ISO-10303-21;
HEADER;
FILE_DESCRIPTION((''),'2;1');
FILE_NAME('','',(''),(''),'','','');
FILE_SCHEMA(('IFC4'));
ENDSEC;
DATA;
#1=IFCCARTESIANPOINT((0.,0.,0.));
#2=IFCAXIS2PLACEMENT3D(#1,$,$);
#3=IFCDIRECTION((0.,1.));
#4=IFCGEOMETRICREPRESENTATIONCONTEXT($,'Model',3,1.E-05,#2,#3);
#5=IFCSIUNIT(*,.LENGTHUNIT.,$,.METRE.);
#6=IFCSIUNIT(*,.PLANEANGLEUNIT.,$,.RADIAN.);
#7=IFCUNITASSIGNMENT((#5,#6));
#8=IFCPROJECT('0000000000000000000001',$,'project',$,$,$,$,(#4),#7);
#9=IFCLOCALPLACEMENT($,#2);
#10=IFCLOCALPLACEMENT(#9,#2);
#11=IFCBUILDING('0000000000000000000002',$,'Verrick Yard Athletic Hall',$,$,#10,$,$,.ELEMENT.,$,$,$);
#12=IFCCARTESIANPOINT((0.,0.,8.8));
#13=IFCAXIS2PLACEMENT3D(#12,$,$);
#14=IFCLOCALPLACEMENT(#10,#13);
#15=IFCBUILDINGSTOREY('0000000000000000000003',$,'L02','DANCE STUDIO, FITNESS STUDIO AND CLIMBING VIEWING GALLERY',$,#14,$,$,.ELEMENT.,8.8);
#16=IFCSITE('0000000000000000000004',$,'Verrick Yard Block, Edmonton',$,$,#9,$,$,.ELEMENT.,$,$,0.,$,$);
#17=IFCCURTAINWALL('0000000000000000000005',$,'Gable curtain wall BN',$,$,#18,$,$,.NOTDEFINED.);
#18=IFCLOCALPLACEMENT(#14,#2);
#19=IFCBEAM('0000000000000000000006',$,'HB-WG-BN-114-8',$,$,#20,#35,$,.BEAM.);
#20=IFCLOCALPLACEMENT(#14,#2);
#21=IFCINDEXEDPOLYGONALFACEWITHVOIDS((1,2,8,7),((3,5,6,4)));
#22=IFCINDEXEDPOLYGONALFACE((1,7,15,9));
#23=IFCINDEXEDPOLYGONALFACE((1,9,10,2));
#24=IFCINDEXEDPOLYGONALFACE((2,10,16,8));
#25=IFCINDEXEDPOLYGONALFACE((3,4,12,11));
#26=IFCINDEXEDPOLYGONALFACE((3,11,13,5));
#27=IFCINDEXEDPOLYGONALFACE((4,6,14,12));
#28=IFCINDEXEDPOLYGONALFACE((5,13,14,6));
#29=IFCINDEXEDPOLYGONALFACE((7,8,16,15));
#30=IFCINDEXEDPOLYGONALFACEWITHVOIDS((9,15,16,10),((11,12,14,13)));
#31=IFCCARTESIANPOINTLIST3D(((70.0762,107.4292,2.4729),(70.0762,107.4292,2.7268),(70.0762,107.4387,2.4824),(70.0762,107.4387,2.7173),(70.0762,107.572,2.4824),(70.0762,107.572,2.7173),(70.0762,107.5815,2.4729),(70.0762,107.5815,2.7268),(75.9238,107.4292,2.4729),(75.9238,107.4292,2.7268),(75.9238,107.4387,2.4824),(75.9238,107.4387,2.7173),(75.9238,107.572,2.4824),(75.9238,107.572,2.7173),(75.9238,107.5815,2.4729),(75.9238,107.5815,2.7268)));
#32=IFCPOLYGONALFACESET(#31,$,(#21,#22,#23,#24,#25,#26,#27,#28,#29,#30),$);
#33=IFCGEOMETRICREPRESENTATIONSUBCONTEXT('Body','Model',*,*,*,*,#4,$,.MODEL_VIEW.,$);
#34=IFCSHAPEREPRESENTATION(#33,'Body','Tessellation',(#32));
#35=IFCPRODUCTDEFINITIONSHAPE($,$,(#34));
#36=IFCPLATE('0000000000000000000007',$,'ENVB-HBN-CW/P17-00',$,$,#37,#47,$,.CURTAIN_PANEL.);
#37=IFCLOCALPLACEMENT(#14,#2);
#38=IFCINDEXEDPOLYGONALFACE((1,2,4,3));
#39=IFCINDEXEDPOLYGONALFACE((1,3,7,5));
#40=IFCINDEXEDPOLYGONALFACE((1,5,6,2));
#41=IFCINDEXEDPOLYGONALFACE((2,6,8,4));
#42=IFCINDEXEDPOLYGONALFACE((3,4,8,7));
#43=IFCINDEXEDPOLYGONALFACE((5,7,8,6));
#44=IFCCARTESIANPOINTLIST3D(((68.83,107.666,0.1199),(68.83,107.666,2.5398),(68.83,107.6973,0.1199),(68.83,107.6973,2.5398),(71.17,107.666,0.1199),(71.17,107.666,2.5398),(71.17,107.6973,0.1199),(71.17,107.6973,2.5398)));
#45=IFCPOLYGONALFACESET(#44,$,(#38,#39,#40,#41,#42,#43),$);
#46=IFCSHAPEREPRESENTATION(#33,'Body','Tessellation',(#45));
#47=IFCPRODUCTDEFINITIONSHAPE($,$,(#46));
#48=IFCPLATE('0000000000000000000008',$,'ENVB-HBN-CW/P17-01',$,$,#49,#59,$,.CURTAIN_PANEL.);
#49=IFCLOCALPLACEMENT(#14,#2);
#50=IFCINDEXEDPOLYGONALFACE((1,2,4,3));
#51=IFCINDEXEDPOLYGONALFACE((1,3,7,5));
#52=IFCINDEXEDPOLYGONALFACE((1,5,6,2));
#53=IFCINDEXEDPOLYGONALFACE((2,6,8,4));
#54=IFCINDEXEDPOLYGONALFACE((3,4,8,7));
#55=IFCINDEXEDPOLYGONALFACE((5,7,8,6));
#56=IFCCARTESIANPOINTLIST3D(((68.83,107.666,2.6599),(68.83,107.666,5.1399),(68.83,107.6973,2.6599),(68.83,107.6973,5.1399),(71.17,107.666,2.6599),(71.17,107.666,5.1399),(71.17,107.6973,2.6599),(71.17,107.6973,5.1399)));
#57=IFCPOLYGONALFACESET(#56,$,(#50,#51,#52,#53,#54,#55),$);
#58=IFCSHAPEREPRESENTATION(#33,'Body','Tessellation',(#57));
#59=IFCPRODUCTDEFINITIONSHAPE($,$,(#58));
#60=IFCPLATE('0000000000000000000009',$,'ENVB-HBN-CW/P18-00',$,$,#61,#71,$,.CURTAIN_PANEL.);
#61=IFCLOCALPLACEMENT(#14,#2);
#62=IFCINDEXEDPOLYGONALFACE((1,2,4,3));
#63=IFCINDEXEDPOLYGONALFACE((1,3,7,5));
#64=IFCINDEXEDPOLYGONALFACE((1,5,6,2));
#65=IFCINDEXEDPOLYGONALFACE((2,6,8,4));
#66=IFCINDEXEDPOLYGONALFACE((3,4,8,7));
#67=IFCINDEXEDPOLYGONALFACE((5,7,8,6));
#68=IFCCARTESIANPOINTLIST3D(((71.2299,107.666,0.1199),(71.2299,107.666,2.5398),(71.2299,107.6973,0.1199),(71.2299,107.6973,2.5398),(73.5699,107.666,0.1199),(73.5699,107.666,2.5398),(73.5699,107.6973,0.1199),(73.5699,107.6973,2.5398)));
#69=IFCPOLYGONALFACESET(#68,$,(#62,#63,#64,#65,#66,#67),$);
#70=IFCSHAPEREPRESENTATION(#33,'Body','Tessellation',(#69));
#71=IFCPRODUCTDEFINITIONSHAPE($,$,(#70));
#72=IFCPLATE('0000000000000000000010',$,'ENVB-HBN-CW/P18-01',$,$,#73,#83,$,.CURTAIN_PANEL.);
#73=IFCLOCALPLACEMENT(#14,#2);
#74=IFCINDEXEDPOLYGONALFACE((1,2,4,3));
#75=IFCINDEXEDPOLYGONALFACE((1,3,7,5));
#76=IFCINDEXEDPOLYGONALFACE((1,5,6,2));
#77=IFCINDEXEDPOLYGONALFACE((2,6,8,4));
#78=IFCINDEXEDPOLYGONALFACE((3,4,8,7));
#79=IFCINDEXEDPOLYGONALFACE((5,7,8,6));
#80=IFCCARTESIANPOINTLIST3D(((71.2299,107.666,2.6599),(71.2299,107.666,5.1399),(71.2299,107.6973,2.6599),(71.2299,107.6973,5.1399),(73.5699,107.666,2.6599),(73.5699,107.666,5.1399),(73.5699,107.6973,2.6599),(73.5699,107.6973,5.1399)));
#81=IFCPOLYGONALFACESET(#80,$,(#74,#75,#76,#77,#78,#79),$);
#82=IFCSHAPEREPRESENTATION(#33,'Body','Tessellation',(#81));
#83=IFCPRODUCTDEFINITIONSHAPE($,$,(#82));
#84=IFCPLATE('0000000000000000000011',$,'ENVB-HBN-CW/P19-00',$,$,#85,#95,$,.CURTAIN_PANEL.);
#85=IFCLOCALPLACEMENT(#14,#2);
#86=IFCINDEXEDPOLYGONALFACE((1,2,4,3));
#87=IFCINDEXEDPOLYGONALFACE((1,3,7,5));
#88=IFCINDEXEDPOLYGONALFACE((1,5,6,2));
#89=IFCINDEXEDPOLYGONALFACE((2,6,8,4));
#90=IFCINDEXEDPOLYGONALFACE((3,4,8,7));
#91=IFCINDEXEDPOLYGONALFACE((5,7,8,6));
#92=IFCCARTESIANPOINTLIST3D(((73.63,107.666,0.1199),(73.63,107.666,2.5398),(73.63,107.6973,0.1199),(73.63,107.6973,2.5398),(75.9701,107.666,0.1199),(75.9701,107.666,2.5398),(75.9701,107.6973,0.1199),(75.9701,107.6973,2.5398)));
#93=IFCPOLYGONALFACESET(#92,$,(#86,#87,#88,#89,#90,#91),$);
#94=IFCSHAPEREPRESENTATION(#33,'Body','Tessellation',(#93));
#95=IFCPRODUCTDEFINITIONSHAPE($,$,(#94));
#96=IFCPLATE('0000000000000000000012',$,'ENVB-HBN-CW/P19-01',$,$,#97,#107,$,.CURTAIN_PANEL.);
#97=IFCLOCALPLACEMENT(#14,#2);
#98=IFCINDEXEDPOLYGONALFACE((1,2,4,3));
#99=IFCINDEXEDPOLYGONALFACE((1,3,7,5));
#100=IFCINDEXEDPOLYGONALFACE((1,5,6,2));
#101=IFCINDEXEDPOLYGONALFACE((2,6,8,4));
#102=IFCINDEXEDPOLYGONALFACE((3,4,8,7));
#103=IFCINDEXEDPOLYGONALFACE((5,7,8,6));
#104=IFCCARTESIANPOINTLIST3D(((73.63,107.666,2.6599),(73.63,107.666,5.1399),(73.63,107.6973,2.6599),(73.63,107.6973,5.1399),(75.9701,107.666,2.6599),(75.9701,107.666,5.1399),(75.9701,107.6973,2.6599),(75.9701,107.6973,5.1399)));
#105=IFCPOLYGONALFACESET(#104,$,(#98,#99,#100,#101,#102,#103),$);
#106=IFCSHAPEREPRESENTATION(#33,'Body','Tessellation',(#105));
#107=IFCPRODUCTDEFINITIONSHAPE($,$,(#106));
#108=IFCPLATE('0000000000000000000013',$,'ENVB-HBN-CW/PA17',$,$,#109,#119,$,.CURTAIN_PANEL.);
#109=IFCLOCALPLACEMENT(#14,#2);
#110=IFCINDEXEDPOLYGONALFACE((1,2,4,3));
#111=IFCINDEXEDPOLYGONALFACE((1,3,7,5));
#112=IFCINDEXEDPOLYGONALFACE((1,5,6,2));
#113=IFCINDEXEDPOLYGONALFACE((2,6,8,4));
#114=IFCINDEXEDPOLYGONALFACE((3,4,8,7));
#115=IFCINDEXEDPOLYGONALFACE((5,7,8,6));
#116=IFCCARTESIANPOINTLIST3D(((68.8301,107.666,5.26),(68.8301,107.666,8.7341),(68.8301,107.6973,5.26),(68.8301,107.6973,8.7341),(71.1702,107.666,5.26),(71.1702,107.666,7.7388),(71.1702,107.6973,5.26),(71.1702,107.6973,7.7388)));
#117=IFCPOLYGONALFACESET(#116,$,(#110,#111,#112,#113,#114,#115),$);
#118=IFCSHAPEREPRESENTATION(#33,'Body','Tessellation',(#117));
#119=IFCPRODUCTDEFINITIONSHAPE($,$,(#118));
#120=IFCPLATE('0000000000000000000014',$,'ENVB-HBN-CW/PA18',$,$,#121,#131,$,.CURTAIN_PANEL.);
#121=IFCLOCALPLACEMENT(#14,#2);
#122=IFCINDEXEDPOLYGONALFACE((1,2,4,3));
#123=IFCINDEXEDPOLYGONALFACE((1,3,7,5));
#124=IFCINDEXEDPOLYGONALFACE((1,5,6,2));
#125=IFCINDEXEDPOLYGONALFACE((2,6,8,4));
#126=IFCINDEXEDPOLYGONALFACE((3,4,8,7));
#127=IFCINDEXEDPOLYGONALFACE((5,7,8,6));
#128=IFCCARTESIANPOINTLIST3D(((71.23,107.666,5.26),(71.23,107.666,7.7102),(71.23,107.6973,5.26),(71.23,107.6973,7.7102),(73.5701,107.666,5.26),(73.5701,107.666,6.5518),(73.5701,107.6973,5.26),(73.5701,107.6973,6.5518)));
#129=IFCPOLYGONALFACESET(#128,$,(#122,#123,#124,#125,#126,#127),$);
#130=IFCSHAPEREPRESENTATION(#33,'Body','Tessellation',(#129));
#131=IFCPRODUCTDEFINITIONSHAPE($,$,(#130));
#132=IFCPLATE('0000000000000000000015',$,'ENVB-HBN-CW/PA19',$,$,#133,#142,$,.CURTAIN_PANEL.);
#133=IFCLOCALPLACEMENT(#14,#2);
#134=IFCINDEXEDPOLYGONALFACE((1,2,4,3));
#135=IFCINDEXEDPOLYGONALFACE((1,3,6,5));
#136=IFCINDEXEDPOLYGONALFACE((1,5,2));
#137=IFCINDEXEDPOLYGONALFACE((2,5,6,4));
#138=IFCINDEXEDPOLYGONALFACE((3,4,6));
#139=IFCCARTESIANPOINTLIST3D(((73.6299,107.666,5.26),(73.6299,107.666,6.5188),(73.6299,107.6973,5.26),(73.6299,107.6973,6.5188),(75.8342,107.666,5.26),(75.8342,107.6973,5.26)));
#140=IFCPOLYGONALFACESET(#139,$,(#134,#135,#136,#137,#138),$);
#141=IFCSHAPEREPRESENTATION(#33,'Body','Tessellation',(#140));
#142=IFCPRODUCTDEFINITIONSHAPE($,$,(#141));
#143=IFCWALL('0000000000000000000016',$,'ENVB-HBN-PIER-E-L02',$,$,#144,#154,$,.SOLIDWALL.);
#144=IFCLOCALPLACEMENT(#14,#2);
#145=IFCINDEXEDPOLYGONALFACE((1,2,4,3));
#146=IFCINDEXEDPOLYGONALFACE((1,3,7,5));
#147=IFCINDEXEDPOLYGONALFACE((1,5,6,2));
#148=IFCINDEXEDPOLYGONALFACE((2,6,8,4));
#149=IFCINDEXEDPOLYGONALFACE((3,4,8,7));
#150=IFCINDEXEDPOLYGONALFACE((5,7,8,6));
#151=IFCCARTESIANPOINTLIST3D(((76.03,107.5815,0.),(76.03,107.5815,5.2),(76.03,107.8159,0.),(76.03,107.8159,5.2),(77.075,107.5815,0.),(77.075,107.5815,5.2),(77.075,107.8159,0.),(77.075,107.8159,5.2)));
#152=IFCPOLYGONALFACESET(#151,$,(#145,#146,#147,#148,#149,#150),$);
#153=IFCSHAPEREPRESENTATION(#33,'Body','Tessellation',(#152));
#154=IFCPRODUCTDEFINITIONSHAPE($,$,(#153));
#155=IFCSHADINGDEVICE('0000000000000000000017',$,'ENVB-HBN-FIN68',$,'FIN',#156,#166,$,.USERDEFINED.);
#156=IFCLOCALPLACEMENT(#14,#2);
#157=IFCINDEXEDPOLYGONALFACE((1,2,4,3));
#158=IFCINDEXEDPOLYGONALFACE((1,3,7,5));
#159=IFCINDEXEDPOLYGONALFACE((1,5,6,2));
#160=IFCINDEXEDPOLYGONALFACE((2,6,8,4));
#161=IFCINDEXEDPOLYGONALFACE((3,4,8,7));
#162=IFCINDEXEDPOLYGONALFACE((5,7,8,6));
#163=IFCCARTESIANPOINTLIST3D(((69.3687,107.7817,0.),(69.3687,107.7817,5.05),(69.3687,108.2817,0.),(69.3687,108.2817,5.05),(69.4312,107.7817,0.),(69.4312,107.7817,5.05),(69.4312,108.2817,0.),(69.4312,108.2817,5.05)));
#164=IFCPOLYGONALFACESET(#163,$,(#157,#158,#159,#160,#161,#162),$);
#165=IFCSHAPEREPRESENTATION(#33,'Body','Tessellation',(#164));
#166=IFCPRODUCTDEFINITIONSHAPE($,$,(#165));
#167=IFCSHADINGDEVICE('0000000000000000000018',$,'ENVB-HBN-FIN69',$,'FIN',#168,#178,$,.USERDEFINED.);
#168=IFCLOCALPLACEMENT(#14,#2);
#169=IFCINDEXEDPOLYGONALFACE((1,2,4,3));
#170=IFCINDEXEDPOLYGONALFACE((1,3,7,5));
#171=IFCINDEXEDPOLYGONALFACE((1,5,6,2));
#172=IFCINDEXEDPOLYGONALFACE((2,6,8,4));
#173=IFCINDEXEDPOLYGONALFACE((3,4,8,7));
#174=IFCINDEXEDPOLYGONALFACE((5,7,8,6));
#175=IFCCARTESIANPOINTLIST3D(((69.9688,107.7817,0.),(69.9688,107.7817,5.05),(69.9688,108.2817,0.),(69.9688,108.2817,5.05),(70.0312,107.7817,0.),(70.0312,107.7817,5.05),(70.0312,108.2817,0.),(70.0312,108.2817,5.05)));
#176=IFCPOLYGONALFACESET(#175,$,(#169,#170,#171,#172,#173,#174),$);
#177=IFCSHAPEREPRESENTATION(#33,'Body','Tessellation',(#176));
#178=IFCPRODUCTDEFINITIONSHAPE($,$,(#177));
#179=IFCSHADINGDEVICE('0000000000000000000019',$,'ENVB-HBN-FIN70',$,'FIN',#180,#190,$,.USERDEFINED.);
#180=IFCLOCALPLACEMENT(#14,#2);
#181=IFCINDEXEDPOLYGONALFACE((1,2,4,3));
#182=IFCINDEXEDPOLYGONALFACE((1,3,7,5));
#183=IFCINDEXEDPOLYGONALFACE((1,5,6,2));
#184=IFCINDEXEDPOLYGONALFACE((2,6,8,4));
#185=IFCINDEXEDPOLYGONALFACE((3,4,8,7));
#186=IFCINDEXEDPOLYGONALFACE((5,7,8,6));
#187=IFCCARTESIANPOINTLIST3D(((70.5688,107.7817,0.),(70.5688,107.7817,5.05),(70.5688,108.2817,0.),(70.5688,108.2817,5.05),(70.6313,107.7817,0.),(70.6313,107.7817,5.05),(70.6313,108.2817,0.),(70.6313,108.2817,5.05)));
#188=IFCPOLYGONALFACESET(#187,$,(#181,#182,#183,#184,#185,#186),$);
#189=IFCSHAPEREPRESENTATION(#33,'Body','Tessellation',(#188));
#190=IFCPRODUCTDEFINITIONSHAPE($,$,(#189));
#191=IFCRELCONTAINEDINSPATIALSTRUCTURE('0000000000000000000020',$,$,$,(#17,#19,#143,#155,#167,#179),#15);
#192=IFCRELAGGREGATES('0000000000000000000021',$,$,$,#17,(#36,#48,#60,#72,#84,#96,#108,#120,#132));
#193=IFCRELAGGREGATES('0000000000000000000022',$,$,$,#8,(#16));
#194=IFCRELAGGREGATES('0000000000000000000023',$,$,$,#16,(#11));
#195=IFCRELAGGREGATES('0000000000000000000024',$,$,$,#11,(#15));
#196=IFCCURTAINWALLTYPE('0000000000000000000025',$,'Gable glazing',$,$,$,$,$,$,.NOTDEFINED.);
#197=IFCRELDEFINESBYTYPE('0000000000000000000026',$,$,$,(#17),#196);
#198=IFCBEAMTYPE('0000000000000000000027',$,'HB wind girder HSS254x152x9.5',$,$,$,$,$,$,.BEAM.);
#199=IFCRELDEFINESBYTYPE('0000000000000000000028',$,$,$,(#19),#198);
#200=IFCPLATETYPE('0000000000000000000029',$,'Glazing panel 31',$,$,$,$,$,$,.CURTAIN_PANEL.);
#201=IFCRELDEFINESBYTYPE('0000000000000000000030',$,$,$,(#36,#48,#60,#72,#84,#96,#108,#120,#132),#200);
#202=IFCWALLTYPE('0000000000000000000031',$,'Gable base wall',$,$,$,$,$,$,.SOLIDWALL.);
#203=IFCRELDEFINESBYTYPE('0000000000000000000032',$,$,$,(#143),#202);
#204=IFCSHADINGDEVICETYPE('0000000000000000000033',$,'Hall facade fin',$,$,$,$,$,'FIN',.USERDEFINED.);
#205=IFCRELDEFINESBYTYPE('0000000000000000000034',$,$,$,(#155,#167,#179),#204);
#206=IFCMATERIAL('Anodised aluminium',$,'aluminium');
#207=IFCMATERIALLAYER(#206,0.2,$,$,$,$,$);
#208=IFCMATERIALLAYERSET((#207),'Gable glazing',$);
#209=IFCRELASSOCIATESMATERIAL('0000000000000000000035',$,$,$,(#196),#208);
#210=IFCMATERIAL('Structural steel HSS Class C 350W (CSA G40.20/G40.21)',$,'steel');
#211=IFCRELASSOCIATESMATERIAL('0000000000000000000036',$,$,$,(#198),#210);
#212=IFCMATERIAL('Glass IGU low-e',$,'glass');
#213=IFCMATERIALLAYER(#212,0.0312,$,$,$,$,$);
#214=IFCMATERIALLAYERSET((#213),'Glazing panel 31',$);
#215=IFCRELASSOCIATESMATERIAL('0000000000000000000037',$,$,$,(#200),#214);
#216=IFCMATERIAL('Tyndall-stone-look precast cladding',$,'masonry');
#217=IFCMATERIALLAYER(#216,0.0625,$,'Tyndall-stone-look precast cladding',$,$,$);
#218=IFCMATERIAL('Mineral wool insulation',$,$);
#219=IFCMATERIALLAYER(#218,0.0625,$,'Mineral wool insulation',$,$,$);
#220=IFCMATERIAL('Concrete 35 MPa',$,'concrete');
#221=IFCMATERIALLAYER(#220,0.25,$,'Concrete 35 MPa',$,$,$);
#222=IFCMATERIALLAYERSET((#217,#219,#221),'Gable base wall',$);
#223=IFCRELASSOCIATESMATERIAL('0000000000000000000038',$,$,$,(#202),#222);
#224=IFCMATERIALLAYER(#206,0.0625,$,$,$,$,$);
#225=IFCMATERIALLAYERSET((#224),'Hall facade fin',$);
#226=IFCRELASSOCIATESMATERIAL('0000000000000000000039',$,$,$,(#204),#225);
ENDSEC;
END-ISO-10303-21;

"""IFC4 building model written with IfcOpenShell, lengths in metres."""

from ifc_helpers import new_model, si_unit, direction, frame, frame_2d, origin, origin_2d, place, context, subcontext, project, spatial, polyline, rectangle, hollow_rectangle, outline, extrude, material, layer, layer_set, material_profile, profile_set, type_object, element, aggregate, save


model = new_model("IFC4")

# Units and contexts
model_context = context("Model", 3, precision=1e-05, world=origin(), true_north=direction((0.0, 1.0)))
body_context = subcontext(model_context, "Body", "Model", "MODEL_VIEW")
ifc_project = project(units=[si_unit("LENGTHUNIT", "METRE"), si_unit("PLANEANGLEUNIT", "RADIAN")], contexts=[model_context])

# Site, building, storey
site_placement = place(None, origin())
site = spatial("IfcSite", under=ifc_project, at=site_placement, Name="Verrick Yard Block, Edmonton", CompositionType="ELEMENT", RefElevation=0.0)
building_placement = place(site_placement, origin())
building = spatial("IfcBuilding", under=site, at=building_placement, Name="Verrick Yard Athletic Hall", CompositionType="ELEMENT")
storey_placement = place(building_placement, frame((0.0, 0.0, 8.8)))
storey = spatial("IfcBuildingStorey", under=building, at=storey_placement, Name="L02", Description="DANCE STUDIO, FITNESS STUDIO AND CLIMBING VIEWING GALLERY", CompositionType="ELEMENT", Elevation=8.8)

# Curtain wall
ifc_material_1 = material(Name="Anodised aluminium", Category="aluminium")
ifc_layer_1 = layer(ifc_material_1, 0.2)
ifc_layer_set_1 = layer_set([ifc_layer_1], Name="Gable glazing")
curtain_wall_type = type_object("IfcCurtainWallType", Name="Gable glazing", PredefinedType="NOTDEFINED", material=ifc_layer_set_1)
curtain_wall_placement = place(storey_placement, origin())
curtain_wall = element("IfcCurtainWall", 1, at=curtain_wall_placement, inside=storey, type_object=curtain_wall_type, Name="Gable curtain wall BN", PredefinedType="NOTDEFINED")

# Shared definitions
ifc_material_2 = material(Name="Structural steel HSS Class C 350W (CSA G40.20/G40.21)", Category="steel")

# Beam
ifc_material_profile_1 = material_profile(ifc_material_2, hollow_rectangle(XDim=0.1523, YDim=0.2539, WallThickness=0.0095, at=origin_2d()), Name="HSS254x152x9.5")
ifc_profile_set_1 = profile_set([ifc_material_profile_1], Name="Structural steel HSS Class C 350W (CSA G40.20/G40.21)")
beam_type = type_object("IfcBeamType", Name="HB wind girder HSS254x152x9.5", PredefinedType="BEAM", material=ifc_profile_set_1)
beam_placement = place(storey_placement, frame((70.0762, 107.5054, 2.5999), z_axis=(1.0, 0.0, 0.0), x_axis=(0.0, 1.0, 0.0)))
element("IfcBeam", 2, at=beam_placement, inside=storey, type_object=beam_type, Name="HB-WG-BN-114-8", PredefinedType="BEAM", context=body_context, shape_type="SweptSolid", body=[
    extrude(hollow_rectangle(XDim=0.1523, YDim=0.2539, WallThickness=0.0095, at=origin_2d()), origin(), (0.0, 0.0, 1.0), 5.8477),
])

# Plates
ifc_material_3 = material(Name="Glass IGU low-e", Category="glass")
ifc_layer_2 = layer(ifc_material_3, 0.0312)
ifc_layer_set_2 = layer_set([ifc_layer_2], Name="Glazing panel 31")
plate_type = type_object("IfcPlateType", Name="Glazing panel 31", PredefinedType="CURTAIN_PANEL", material=ifc_layer_set_2)
plate_1_placement = place(storey_placement, frame((70.0, 107.6816, 0.1199), z_axis=(0.0, 0.0, 1.0), x_axis=(1.0, 0.0, 0.0)))
plate_1 = element("IfcPlate", 3, at=plate_1_placement, type_object=plate_type, Name="ENVB-HBN-CW/P17-00", PredefinedType="CURTAIN_PANEL", context=body_context, shape_type="SweptSolid", body=[
    extrude(rectangle(XDim=2.3401, YDim=0.0312, at=origin_2d()), origin(), (0.0, 0.0, 1.0), 2.4199),
])
plate_2_placement = place(storey_placement, frame((70.0, 107.6816, 2.6599), z_axis=(0.0, 0.0, 1.0), x_axis=(1.0, 0.0, 0.0)))
plate_2 = element("IfcPlate", 4, at=plate_2_placement, type_object=plate_type, Name="ENVB-HBN-CW/P17-01", PredefinedType="CURTAIN_PANEL", context=body_context, shape_type="SweptSolid", body=[
    extrude(rectangle(XDim=2.3401, YDim=0.0312, at=origin_2d()), origin(), (0.0, 0.0, 1.0), 2.48),
])
plate_3_placement = place(storey_placement, frame((72.3999, 107.6816, 0.1199), z_axis=(0.0, 0.0, 1.0), x_axis=(1.0, 0.0, 0.0)))
plate_3 = element("IfcPlate", 5, at=plate_3_placement, type_object=plate_type, Name="ENVB-HBN-CW/P18-00", PredefinedType="CURTAIN_PANEL", context=body_context, shape_type="SweptSolid", body=[
    extrude(rectangle(XDim=2.3401, YDim=0.0312, at=origin_2d()), origin(), (0.0, 0.0, 1.0), 2.4199),
])
plate_4_placement = place(storey_placement, frame((72.3999, 107.6816, 2.6599), z_axis=(0.0, 0.0, 1.0), x_axis=(1.0, 0.0, 0.0)))
plate_4 = element("IfcPlate", 6, at=plate_4_placement, type_object=plate_type, Name="ENVB-HBN-CW/P18-01", PredefinedType="CURTAIN_PANEL", context=body_context, shape_type="SweptSolid", body=[
    extrude(rectangle(XDim=2.3401, YDim=0.0312, at=origin_2d()), origin(), (0.0, 0.0, 1.0), 2.48),
])
plate_5_placement = place(storey_placement, frame((74.8, 107.6816, 0.1199), z_axis=(0.0, 0.0, 1.0), x_axis=(1.0, 0.0, 0.0)))
plate_5 = element("IfcPlate", 7, at=plate_5_placement, type_object=plate_type, Name="ENVB-HBN-CW/P19-00", PredefinedType="CURTAIN_PANEL", context=body_context, shape_type="SweptSolid", body=[
    extrude(rectangle(XDim=2.3401, YDim=0.0312, at=origin_2d()), origin(), (0.0, 0.0, 1.0), 2.4199),
])
plate_6_placement = place(storey_placement, frame((74.8, 107.6816, 2.6599), z_axis=(0.0, 0.0, 1.0), x_axis=(1.0, 0.0, 0.0)))
plate_6 = element("IfcPlate", 8, at=plate_6_placement, type_object=plate_type, Name="ENVB-HBN-CW/P19-01", PredefinedType="CURTAIN_PANEL", context=body_context, shape_type="SweptSolid", body=[
    extrude(rectangle(XDim=2.3401, YDim=0.0312, at=origin_2d()), origin(), (0.0, 0.0, 1.0), 2.48),
])
plate_7_placement = place(storey_placement, frame((68.8301, 107.6816, 5.26), z_axis=(0.0, 0.0, 1.0), x_axis=(1.0, 0.0, 0.0)))
plate_7 = element("IfcPlate", 9, at=plate_7_placement, type_object=plate_type, Name="ENVB-HBN-CW/PA17", PredefinedType="CURTAIN_PANEL", context=body_context, shape_type="SweptSolid", body=[
    extrude(outline(polyline([(0.0, 3.4741), (2.3401, 2.4788), (2.3401, 0.0), (0.0, 0.0), (0.0, 3.4741)])), frame((0.0, 0.0156, 0.0), z_axis=(0.0, -1.0, 0.0), x_axis=(1.0, 0.0, 0.0)), (0.0, 0.0, 1.0), 0.0312),
])
plate_8_placement = place(storey_placement, frame((71.23, 107.6816, 5.26), z_axis=(0.0, 0.0, 1.0), x_axis=(1.0, 0.0, 0.0)))
plate_8 = element("IfcPlate", 10, at=plate_8_placement, type_object=plate_type, Name="ENVB-HBN-CW/PA18", PredefinedType="CURTAIN_PANEL", context=body_context, shape_type="SweptSolid", body=[
    extrude(outline(polyline([(0.0, 2.4502), (2.3401, 1.2917), (2.3401, 0.0), (0.0, 0.0), (0.0, 2.4502)])), frame((0.0, 0.0156, 0.0), z_axis=(0.0, -1.0, 0.0), x_axis=(1.0, 0.0, 0.0)), (0.0, 0.0, 1.0), 0.0312),
])
plate_9_placement = place(storey_placement, frame((73.6299, 107.6816, 5.26), z_axis=(0.0, 0.0, 1.0), x_axis=(1.0, 0.0, 0.0)))
plate_9 = element("IfcPlate", 11, at=plate_9_placement, type_object=plate_type, Name="ENVB-HBN-CW/PA19", PredefinedType="CURTAIN_PANEL", context=body_context, shape_type="SweptSolid", body=[
    extrude(outline(polyline([(0.0, 1.2588), (2.2043, 0.0), (0.0, 0.0), (0.0, 1.2588)])), frame((0.0, 0.0156, 0.0), z_axis=(0.0, -1.0, 0.0), x_axis=(1.0, 0.0, 0.0)), (0.0, 0.0, 1.0), 0.0312),
])
aggregate(curtain_wall, [plate_1, plate_2, plate_3, plate_4, plate_5, plate_6, plate_7, plate_8, plate_9])

# Wall
ifc_material_4 = material(Name="Tyndall-stone-look precast cladding", Category="masonry")
ifc_layer_3 = layer(ifc_material_4, 0.0625, Name="Tyndall-stone-look precast cladding")
ifc_material_5 = material(Name="Mineral wool insulation")
ifc_layer_4 = layer(ifc_material_5, 0.0625, Name="Mineral wool insulation")
ifc_material_6 = material(Name="Concrete 35 MPa", Category="concrete")
ifc_layer_5 = layer(ifc_material_6, 0.25, Name="Concrete 35 MPa")
ifc_layer_set_3 = layer_set([ifc_layer_3, ifc_layer_4, ifc_layer_5], Name="Gable base wall")
wall_type = type_object("IfcWallType", Name="Gable base wall", PredefinedType="SOLIDWALL", material=ifc_layer_set_3)
wall_placement = place(storey_placement, frame((76.03, 107.6987, 0.0), z_axis=(0.0, 0.0, 1.0), x_axis=(1.0, 0.0, 0.0)))
element("IfcWall", 12, at=wall_placement, inside=storey, type_object=wall_type, Name="ENVB-HBN-PIER-E-L02", PredefinedType="SOLIDWALL", context=body_context, shape_type="SweptSolid", body=[
    extrude(rectangle(XDim=1.0449, YDim=0.2344, at=frame_2d((0.5225, 0.0))), origin(), (0.0, 0.0, 1.0), 5.2),
])

# Shading devices
ifc_layer_6 = layer(ifc_material_1, 0.0625)
ifc_layer_set_4 = layer_set([ifc_layer_6], Name="Hall facade fin")
shading_device_type = type_object("IfcShadingDeviceType", Name="Hall facade fin", ElementType="FIN", PredefinedType="USERDEFINED", material=ifc_layer_set_4)
for number, where, z_axis, x_axis, name in (
    (13, (69.3999, 107.7817, 0.0), (0.0, 0.0, 1.0), (0.0, 1.0, 0.0), "ENVB-HBN-FIN68"),
    (14, (70.0, 107.7817, 0.0), (0.0, 0.0, 1.0), (0.0, 1.0, 0.0), "ENVB-HBN-FIN69"),
    (15, (70.6001, 107.7817, 0.0), (0.0, 0.0, 1.0), (0.0, 1.0, 0.0), "ENVB-HBN-FIN70"),
):
    element("IfcShadingDevice", number, at=place(storey_placement, frame(where, z_axis=z_axis, x_axis=x_axis)), inside=storey, type_object=shading_device_type, Name=name, ObjectType="FIN", PredefinedType="USERDEFINED", context=body_context, shape_type="SweptSolid", body=[
        extrude(outline(polyline([(0.0, 0.0), (0.5, 0.0), (0.5, 5.05), (0.0, 5.05), (0.0, 0.0)])), frame((0.0, 0.0312, 0.0), z_axis=(0.0, -1.0, 0.0), x_axis=(1.0, 0.0, 0.0)), (0.0, 0.0, 1.0), 0.0625),
    ])

save(model, "model.ifc")
